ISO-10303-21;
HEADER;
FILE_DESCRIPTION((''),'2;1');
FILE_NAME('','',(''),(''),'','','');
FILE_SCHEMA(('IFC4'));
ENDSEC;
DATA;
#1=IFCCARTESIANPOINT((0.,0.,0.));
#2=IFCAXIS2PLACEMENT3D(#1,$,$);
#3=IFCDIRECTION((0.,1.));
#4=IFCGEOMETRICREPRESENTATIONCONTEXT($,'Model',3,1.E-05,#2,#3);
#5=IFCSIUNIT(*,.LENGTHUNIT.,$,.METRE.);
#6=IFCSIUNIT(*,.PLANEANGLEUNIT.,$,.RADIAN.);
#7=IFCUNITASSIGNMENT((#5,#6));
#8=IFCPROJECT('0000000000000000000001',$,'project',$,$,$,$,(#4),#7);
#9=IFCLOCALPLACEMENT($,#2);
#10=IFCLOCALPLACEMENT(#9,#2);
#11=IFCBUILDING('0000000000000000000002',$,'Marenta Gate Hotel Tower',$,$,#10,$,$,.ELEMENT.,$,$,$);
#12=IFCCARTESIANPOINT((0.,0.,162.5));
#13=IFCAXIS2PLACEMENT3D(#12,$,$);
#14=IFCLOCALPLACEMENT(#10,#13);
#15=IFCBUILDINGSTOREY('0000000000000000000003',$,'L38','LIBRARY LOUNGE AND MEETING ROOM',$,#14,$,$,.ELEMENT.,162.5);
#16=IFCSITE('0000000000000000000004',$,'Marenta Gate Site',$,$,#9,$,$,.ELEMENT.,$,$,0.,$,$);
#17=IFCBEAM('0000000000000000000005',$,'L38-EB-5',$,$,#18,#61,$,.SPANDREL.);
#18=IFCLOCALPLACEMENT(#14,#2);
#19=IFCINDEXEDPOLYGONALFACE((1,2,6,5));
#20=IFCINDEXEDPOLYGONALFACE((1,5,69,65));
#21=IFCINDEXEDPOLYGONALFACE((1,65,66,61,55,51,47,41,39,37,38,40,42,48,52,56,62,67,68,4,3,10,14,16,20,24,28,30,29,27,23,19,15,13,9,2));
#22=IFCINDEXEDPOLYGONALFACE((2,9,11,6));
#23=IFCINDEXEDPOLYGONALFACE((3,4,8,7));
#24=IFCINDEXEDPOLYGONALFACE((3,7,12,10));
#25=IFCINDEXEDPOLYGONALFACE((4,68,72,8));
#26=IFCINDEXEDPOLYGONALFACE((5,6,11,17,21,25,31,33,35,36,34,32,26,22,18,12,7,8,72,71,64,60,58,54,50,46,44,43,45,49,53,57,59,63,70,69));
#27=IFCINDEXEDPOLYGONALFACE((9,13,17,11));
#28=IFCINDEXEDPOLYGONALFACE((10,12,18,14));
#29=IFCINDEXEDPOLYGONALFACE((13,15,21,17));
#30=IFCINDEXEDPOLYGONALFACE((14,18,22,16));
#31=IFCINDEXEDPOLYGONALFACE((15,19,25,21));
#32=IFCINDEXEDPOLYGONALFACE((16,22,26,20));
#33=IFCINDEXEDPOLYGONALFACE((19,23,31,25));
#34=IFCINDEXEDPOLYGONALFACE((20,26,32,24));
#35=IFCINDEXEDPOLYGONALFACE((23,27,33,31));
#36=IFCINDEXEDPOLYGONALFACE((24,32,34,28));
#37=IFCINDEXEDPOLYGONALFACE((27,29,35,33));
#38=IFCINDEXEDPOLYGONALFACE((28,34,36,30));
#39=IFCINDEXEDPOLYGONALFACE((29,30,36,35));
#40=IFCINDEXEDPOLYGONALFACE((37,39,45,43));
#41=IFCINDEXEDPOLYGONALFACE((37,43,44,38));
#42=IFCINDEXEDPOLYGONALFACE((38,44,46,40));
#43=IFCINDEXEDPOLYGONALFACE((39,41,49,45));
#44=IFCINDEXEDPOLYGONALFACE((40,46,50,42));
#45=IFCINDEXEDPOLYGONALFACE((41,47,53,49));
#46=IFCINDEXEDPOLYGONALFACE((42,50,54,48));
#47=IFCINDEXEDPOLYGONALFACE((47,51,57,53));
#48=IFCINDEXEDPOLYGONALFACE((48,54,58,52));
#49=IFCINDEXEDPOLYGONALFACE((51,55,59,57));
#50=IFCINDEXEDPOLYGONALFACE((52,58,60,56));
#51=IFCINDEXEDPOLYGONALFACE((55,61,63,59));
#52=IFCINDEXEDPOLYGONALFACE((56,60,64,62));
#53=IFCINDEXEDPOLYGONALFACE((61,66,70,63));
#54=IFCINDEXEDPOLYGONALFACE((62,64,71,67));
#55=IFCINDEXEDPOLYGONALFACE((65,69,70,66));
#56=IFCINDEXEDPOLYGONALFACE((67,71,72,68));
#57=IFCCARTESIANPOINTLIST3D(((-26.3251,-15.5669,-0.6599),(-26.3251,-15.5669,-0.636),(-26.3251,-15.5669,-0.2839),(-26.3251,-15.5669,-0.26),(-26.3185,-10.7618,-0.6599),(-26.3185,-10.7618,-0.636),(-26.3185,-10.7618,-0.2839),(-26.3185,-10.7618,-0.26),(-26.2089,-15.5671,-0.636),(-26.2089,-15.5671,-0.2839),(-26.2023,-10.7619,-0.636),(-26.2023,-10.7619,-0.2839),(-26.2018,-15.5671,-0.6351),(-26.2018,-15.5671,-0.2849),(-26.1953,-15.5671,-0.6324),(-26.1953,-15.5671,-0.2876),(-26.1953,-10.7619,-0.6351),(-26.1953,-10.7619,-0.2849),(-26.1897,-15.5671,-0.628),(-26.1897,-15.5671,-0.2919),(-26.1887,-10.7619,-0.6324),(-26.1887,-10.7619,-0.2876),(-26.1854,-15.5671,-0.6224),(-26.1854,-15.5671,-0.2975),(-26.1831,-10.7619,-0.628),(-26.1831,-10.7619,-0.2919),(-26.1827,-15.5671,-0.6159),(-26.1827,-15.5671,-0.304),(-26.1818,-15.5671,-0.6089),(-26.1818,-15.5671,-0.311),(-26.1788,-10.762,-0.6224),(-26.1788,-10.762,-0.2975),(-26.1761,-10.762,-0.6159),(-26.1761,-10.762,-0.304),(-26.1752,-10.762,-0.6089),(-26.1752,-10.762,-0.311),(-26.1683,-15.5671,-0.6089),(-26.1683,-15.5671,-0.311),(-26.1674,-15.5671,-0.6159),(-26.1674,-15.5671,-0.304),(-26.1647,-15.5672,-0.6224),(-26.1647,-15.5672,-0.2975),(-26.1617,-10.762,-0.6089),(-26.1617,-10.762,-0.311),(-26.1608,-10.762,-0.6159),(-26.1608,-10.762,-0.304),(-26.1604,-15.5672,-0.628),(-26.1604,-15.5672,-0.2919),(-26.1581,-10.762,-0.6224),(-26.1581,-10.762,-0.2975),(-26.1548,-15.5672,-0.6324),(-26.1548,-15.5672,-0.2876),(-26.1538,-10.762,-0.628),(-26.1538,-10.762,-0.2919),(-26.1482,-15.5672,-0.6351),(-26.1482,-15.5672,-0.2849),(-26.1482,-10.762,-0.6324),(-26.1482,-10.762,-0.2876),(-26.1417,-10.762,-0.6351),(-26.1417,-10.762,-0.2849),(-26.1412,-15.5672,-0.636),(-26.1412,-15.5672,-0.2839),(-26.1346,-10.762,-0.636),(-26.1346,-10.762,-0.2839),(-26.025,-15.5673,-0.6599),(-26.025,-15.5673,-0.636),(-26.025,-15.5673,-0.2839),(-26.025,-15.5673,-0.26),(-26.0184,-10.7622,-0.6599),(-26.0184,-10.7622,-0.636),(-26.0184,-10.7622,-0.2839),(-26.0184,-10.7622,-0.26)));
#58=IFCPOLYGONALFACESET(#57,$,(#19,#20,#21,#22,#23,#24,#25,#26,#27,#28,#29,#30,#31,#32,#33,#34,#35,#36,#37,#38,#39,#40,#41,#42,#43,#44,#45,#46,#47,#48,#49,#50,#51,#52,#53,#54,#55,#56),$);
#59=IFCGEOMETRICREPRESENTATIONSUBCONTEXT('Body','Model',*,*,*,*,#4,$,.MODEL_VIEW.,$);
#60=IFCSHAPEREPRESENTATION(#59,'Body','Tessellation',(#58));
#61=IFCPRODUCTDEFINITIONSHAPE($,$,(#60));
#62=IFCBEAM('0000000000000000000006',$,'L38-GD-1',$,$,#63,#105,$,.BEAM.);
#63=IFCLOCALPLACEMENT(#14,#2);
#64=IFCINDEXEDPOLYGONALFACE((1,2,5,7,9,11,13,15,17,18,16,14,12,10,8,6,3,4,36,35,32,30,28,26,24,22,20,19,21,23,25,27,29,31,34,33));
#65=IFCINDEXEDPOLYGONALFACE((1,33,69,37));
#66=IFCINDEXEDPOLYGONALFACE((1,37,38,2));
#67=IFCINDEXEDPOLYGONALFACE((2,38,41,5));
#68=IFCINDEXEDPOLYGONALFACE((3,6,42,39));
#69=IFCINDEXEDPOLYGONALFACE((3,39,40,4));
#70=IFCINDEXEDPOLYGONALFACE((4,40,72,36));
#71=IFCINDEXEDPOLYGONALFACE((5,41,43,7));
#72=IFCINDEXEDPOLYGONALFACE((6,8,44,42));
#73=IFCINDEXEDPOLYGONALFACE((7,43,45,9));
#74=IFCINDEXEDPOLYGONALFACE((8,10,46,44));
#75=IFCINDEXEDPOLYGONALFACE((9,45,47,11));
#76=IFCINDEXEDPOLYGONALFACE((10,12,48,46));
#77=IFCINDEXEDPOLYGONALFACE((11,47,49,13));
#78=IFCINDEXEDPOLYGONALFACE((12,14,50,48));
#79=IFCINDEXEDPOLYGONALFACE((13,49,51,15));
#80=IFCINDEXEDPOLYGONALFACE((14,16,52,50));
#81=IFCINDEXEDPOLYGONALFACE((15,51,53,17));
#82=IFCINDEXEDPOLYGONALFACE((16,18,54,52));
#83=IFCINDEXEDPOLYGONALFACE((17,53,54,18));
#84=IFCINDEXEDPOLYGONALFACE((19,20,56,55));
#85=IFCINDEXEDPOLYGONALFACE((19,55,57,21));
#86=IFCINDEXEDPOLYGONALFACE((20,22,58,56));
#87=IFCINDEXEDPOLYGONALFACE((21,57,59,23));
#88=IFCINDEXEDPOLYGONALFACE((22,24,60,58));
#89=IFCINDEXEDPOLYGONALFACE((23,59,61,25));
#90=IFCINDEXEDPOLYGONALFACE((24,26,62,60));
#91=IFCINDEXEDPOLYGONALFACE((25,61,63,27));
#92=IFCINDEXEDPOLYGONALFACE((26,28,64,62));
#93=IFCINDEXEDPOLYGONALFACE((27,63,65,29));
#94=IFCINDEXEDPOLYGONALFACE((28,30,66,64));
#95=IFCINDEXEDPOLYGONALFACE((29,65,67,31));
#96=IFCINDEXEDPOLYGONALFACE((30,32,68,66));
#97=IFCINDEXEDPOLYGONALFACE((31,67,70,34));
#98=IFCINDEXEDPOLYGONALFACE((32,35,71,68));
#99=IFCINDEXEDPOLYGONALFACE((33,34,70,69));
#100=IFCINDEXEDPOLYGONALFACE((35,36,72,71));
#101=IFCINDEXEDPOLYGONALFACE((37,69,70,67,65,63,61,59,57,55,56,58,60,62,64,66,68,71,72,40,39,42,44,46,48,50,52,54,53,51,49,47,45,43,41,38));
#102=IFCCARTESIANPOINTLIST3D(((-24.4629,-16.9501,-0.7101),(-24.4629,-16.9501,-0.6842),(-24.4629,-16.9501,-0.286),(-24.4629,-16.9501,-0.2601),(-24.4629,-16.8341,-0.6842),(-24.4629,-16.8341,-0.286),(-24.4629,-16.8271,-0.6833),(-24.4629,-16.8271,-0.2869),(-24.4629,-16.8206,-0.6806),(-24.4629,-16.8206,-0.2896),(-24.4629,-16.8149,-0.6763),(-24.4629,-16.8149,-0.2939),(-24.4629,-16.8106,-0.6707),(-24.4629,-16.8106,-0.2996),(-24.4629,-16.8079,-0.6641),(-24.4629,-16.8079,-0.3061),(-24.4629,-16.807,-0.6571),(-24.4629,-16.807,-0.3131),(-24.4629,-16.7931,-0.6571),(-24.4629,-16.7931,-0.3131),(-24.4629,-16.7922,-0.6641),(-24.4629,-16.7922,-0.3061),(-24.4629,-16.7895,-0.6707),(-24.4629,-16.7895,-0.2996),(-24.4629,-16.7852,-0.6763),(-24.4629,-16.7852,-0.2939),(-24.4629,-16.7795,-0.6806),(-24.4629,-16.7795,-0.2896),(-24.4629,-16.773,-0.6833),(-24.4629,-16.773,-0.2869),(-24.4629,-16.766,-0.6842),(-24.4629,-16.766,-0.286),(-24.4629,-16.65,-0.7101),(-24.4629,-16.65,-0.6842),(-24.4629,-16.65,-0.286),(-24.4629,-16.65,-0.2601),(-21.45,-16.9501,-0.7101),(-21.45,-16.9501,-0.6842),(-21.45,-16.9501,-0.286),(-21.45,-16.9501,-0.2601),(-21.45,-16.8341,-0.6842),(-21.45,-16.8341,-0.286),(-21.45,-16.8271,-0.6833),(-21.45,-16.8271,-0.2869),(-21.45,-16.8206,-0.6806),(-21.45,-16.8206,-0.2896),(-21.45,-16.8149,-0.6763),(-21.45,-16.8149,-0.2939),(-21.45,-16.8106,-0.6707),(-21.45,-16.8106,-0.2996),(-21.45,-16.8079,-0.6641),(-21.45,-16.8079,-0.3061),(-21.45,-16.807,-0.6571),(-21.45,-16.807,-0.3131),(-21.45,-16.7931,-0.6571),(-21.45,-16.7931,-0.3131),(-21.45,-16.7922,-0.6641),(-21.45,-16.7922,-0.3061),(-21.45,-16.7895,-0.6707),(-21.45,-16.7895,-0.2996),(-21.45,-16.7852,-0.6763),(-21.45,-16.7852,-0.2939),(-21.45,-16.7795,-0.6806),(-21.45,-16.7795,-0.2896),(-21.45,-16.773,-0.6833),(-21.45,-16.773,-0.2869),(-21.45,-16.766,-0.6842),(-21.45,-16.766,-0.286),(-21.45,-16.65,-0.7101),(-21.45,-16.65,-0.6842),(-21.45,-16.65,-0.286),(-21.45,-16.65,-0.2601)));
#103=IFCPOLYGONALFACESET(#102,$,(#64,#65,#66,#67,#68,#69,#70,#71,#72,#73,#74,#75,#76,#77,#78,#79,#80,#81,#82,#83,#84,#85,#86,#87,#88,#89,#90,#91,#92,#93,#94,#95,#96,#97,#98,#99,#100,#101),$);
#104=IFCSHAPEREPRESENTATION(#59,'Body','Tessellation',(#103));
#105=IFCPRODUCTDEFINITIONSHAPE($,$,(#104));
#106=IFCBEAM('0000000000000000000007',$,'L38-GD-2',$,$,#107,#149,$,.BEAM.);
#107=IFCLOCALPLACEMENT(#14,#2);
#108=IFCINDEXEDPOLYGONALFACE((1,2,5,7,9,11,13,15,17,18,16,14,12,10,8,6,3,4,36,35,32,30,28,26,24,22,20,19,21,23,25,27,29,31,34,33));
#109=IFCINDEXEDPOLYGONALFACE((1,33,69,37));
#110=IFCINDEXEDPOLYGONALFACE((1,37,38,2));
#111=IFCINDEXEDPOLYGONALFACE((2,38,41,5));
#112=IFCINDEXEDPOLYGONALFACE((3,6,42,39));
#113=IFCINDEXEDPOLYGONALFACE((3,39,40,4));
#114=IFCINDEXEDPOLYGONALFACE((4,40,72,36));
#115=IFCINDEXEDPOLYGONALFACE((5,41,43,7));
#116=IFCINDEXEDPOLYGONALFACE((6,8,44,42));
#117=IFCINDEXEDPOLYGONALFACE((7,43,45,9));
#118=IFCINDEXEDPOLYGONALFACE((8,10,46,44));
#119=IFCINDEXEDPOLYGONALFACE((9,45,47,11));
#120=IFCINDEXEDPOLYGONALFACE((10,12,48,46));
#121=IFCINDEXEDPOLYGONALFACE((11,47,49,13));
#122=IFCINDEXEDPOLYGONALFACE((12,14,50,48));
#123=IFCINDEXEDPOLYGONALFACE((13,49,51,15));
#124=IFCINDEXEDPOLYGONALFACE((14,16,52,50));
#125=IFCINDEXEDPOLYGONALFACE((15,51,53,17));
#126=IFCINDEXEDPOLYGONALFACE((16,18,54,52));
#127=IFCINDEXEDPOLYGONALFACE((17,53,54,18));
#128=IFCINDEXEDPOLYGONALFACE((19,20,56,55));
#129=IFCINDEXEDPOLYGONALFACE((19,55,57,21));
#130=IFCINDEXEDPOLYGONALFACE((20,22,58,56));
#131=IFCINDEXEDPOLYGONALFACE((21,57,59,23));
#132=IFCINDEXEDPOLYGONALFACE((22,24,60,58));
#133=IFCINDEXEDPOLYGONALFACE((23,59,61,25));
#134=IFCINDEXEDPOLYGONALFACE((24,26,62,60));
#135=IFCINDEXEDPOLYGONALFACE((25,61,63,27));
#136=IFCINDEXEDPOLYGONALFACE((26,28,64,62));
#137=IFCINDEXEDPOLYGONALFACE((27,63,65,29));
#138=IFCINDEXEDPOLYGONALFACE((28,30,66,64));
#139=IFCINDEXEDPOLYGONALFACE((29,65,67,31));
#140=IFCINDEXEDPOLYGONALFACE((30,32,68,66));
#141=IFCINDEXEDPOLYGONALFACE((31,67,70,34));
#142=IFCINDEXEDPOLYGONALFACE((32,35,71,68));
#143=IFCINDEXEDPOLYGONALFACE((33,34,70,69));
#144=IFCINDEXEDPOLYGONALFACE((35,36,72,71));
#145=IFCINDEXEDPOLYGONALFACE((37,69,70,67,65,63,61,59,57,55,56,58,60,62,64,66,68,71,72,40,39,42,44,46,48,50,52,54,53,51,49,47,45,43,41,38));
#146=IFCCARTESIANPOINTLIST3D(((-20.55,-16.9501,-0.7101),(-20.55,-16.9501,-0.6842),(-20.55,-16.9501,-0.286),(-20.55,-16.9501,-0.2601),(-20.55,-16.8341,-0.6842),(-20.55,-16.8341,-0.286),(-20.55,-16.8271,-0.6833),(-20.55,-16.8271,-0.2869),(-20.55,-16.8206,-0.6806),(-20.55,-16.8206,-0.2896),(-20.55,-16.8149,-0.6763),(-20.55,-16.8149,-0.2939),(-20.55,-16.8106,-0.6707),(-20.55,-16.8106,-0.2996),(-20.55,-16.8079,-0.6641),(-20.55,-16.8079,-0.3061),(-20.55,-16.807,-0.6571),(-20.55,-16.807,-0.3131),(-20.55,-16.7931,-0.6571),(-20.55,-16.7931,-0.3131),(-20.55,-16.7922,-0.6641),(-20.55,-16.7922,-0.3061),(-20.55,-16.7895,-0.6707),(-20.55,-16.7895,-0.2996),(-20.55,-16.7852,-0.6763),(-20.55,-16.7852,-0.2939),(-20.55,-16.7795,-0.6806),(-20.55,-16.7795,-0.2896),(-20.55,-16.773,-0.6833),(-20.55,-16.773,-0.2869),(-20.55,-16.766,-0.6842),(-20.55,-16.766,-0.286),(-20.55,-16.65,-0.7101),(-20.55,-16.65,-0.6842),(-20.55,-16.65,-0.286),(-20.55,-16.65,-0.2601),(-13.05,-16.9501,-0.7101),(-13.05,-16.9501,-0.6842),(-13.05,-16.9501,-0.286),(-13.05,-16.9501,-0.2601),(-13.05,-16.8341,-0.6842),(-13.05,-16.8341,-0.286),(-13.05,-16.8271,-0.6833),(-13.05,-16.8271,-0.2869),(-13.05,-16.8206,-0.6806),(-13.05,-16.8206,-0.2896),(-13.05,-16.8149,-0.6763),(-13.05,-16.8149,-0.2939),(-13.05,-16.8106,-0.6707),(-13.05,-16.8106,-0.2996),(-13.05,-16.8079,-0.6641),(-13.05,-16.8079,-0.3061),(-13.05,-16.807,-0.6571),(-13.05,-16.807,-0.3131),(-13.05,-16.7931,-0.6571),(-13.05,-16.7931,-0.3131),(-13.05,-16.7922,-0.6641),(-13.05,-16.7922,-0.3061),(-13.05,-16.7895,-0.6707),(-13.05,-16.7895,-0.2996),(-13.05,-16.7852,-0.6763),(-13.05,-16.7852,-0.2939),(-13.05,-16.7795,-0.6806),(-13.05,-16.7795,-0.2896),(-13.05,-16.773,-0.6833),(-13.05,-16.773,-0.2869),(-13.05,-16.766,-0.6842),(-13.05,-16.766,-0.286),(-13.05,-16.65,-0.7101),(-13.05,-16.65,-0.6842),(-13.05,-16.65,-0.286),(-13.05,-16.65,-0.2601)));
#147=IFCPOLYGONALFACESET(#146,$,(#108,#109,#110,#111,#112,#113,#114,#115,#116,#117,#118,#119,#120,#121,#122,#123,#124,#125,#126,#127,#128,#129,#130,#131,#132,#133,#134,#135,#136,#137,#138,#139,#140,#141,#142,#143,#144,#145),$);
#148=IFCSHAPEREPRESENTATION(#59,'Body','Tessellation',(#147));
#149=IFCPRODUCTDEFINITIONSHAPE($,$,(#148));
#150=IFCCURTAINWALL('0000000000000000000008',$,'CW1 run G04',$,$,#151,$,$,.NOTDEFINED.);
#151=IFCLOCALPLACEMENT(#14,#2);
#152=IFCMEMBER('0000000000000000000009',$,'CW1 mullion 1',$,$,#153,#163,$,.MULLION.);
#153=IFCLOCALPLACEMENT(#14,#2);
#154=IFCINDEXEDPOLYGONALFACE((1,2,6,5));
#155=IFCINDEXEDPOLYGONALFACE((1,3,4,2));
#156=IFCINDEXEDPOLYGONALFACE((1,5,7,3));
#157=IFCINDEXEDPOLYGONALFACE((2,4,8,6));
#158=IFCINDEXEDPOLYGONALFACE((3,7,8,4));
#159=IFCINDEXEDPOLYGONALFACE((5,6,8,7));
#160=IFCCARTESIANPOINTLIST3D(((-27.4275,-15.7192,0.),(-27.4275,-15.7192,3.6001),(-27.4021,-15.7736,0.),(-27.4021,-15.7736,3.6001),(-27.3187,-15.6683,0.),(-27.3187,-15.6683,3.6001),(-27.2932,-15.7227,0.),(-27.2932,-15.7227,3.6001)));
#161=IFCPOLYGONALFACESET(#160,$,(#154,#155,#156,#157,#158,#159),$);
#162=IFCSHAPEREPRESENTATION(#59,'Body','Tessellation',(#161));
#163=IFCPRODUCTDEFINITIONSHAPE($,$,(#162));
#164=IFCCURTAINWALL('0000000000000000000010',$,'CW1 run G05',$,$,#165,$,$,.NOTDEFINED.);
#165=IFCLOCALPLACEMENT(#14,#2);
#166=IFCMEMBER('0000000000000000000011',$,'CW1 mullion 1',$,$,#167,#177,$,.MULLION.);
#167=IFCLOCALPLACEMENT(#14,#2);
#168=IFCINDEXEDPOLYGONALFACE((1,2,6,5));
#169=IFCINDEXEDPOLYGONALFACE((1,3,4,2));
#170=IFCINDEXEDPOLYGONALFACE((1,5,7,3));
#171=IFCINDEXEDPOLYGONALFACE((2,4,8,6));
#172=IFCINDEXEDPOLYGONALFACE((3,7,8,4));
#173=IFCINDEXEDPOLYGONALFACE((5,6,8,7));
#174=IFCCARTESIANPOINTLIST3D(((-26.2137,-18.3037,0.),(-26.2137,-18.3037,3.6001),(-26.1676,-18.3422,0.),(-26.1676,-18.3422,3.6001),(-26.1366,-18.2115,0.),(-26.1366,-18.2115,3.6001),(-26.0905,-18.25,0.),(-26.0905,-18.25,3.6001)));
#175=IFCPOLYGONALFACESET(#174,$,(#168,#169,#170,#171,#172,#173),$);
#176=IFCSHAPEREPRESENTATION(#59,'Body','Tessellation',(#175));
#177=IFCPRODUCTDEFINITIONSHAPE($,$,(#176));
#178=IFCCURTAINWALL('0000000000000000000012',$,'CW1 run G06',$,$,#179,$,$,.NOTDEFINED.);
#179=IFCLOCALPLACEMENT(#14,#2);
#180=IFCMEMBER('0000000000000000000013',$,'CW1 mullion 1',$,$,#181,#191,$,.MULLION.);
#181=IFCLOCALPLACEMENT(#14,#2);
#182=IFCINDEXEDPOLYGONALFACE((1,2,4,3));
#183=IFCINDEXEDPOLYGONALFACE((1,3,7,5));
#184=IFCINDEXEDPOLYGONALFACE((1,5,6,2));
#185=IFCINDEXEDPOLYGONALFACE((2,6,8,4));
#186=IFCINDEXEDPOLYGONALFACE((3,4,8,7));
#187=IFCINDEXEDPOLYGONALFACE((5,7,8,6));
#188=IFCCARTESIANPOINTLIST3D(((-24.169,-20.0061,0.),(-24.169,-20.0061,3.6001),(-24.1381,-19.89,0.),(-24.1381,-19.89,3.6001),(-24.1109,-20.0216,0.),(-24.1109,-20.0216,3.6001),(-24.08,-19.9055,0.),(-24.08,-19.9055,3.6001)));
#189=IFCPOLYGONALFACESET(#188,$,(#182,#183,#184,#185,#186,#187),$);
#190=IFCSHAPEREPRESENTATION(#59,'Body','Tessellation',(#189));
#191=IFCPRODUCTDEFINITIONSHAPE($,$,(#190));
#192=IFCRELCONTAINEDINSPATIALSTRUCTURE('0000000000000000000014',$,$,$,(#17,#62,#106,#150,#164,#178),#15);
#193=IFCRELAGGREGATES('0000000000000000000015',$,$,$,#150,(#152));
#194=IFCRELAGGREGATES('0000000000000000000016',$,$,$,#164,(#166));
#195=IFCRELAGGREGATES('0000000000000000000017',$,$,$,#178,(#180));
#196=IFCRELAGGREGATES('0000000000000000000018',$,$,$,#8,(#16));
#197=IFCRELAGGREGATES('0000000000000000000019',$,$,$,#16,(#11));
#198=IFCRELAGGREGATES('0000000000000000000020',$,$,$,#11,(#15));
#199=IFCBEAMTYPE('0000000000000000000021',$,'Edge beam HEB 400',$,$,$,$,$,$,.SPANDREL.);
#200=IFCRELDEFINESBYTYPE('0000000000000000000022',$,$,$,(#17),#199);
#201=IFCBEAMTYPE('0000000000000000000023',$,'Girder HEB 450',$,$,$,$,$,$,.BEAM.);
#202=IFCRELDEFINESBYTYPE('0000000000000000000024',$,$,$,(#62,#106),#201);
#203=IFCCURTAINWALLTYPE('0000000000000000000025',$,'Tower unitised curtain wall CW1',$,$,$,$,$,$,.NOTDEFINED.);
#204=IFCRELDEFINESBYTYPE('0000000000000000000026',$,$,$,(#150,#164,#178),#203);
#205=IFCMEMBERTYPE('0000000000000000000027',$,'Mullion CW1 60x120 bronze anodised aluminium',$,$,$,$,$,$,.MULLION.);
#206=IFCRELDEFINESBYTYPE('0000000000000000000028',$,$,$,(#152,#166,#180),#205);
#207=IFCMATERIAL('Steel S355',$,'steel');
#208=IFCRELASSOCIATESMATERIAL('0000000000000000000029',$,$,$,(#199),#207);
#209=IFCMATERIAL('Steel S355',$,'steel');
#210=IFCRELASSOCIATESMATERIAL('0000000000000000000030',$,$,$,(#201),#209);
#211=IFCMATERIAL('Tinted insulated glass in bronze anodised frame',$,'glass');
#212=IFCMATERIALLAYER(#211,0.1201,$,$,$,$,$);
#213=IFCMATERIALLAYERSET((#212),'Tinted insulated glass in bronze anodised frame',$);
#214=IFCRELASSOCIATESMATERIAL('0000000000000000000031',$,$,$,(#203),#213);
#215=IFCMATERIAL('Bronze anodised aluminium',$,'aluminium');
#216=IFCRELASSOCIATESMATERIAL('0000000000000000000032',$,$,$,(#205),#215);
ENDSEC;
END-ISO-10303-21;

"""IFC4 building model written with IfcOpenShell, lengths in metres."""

from ifc_helpers import new_model, si_unit, direction, frame, origin, origin_2d, place, context, subcontext, project, spatial, rectangle, i_section, extrude, material, layer, layer_set, material_profile, profile_set, type_object, element, aggregate, save


model = new_model("IFC4")

# Units and contexts
model_context = context("Model", 3, precision=1e-05, world=origin(), true_north=direction((0.0, 1.0)))
body_context = subcontext(model_context, "Body", "Model", "MODEL_VIEW")
ifc_project = project(units=[si_unit("LENGTHUNIT", "METRE"), si_unit("PLANEANGLEUNIT", "RADIAN")], contexts=[model_context])

# Site, building, storey
site_placement = place(None, origin())
site = spatial("IfcSite", under=ifc_project, at=site_placement, Name="Marenta Gate Site", CompositionType="ELEMENT", RefElevation=0.0)
building_placement = place(site_placement, origin())
building = spatial("IfcBuilding", under=site, at=building_placement, Name="Marenta Gate Hotel Tower", CompositionType="ELEMENT")
storey_placement = place(building_placement, frame((0.0, 0.0, 162.5)))
storey = spatial("IfcBuildingStorey", under=building, at=storey_placement, Name="L38", Description="LIBRARY LOUNGE AND MEETING ROOM", CompositionType="ELEMENT", Elevation=162.5)

# Beams
ifc_material_1 = material(Name="Steel S355", Category="steel")
ifc_material_profile_1 = material_profile(ifc_material_1, i_section(OverallWidth=0.3, OverallDepth=0.3999, WebThickness=0.0134, FlangeThickness=0.0239, FilletRadius=0.0271, at=origin_2d()), Name="HEB 400")
ifc_profile_set_1 = profile_set([ifc_material_profile_1], Name="Steel S355")
beam_type_1 = type_object("IfcBeamType", Name="Edge beam HEB 400", PredefinedType="SPANDREL", material=ifc_profile_set_1)
beam_1_placement = place(storey_placement, frame((-26.175, -15.5671, -0.46), z_axis=(0.001372, 0.999999, 0.0), x_axis=(-0.999999, 0.001372, 0.0)))
element("IfcBeam", 1, at=beam_1_placement, inside=storey, type_object=beam_type_1, Name="L38-EB-5", PredefinedType="SPANDREL", context=body_context, shape_type="SweptSolid", body=[
    extrude(i_section(OverallWidth=0.3, OverallDepth=0.3999, WebThickness=0.0134, FlangeThickness=0.0239, FilletRadius=0.0271, at=origin_2d()), origin(), (0.0, 0.0, 1.0), 4.8052),
])
ifc_material_2 = material(Name="Steel S355", Category="steel")
ifc_material_profile_2 = material_profile(ifc_material_2, i_section(OverallWidth=0.3, OverallDepth=0.45, WebThickness=0.0139, FlangeThickness=0.0259, FilletRadius=0.0271, at=origin_2d()), Name="HEB 450")
ifc_profile_set_2 = profile_set([ifc_material_profile_2], Name="Steel S355")
beam_type_2 = type_object("IfcBeamType", Name="Girder HEB 450", PredefinedType="BEAM", material=ifc_profile_set_2)
beam_2_placement = place(storey_placement, frame((-24.4629, -16.8, -0.4851), z_axis=(1.0, 0.0, 0.0), x_axis=(0.0, 1.0, 0.0)))
element("IfcBeam", 2, at=beam_2_placement, inside=storey, type_object=beam_type_2, Name="L38-GD-1", PredefinedType="BEAM", context=body_context, shape_type="SweptSolid", body=[
    extrude(i_section(OverallWidth=0.3, OverallDepth=0.45, WebThickness=0.0139, FlangeThickness=0.0259, FilletRadius=0.0271, at=origin_2d()), origin(), (0.0, 0.0, 1.0), 3.0129),
])
beam_3_placement = place(storey_placement, frame((-20.55, -16.8, -0.4851), z_axis=(1.0, 0.0, 0.0), x_axis=(0.0, 1.0, 0.0)))
element("IfcBeam", 3, at=beam_3_placement, inside=storey, type_object=beam_type_2, Name="L38-GD-2", PredefinedType="BEAM", context=body_context, shape_type="SweptSolid", body=[
    extrude(i_section(OverallWidth=0.3, OverallDepth=0.45, WebThickness=0.0139, FlangeThickness=0.0259, FilletRadius=0.0271, at=origin_2d()), origin(), (0.0, 0.0, 1.0), 7.5),
])

# Curtain walls, members
ifc_material_3 = material(Name="Tinted insulated glass in bronze anodised frame", Category="glass")
ifc_layer_1 = layer(ifc_material_3, 0.1201)
ifc_layer_set_1 = layer_set([ifc_layer_1], Name="Tinted insulated glass in bronze anodised frame")
curtain_wall_type = type_object("IfcCurtainWallType", Name="Tower unitised curtain wall CW1", PredefinedType="NOTDEFINED", material=ifc_layer_set_1)
curtain_wall_1_placement = place(storey_placement, origin())
curtain_wall_1 = element("IfcCurtainWall", 4, at=curtain_wall_1_placement, inside=storey, type_object=curtain_wall_type, Name="CW1 run G04", PredefinedType="NOTDEFINED")
ifc_material_4 = material(Name="Bronze anodised aluminium", Category="aluminium")
ifc_material_profile_3 = material_profile(ifc_material_4, rectangle(XDim=0.1201, YDim=0.0601, at=origin_2d()), Name="Mullion CW1 60x120 bronze anodised aluminium")
ifc_profile_set_3 = profile_set([ifc_material_profile_3], Name="Bronze anodised aluminium")
member_type_1 = type_object("IfcMemberType", Name="Mullion CW1 60x120 bronze anodised aluminium", PredefinedType="MULLION", material=ifc_profile_set_3)
member_1_placement = place(storey_placement, frame((-27.3604, -15.7209, 0.0), z_axis=(0.0, 0.0, 1.0), x_axis=(0.905972, 0.423338, 0.0)))
member_1 = element("IfcMember", 5, at=member_1_placement, type_object=member_type_1, Name="CW1 mullion 1", PredefinedType="MULLION", context=body_context, shape_type="SweptSolid", body=[
    extrude(rectangle(XDim=0.1201, YDim=0.0601, at=origin_2d()), origin(), (0.0, 0.0, 1.0), 3.6001),
])
curtain_wall_2_placement = place(storey_placement, origin())
curtain_wall_2 = element("IfcCurtainWall", 6, at=curtain_wall_2_placement, inside=storey, type_object=curtain_wall_type, Name="CW1 run G05", PredefinedType="NOTDEFINED")
member_2_placement = place(storey_placement, frame((-26.1521, -18.2769, 0.0), z_axis=(0.0, 0.0, 1.0), x_axis=(0.641512, 0.767113, 0.0)))
member_2 = element("IfcMember", 7, at=member_2_placement, type_object=member_type_1, Name="CW1 mullion 1", PredefinedType="MULLION", context=body_context, shape_type="SweptSolid", body=[
    extrude(rectangle(XDim=0.1201, YDim=0.0601, at=origin_2d()), origin(), (0.0, 0.0, 1.0), 3.6001),
])

# Curtain wall, member
curtain_wall_3_placement = place(storey_placement, origin())
curtain_wall_3 = element("IfcCurtainWall", 8, at=curtain_wall_3_placement, inside=storey, type_object=curtain_wall_type, Name="CW1 run G06", PredefinedType="NOTDEFINED")
member_3_placement = place(storey_placement, frame((-24.1245, -19.9558, 0.0), z_axis=(0.0, 0.0, 1.0), x_axis=(0.257144, 0.966373, 0.0)))
member_3 = element("IfcMember", 9, at=member_3_placement, type_object=member_type_1, Name="CW1 mullion 1", PredefinedType="MULLION", context=body_context, shape_type="SweptSolid", body=[
    extrude(rectangle(XDim=0.1201, YDim=0.0601, at=origin_2d()), origin(), (0.0, 0.0, 1.0), 3.6001),
])

aggregate(curtain_wall_1, [member_1])
aggregate(curtain_wall_2, [member_2])
aggregate(curtain_wall_3, [member_3])

save(model, "model.ifc")
